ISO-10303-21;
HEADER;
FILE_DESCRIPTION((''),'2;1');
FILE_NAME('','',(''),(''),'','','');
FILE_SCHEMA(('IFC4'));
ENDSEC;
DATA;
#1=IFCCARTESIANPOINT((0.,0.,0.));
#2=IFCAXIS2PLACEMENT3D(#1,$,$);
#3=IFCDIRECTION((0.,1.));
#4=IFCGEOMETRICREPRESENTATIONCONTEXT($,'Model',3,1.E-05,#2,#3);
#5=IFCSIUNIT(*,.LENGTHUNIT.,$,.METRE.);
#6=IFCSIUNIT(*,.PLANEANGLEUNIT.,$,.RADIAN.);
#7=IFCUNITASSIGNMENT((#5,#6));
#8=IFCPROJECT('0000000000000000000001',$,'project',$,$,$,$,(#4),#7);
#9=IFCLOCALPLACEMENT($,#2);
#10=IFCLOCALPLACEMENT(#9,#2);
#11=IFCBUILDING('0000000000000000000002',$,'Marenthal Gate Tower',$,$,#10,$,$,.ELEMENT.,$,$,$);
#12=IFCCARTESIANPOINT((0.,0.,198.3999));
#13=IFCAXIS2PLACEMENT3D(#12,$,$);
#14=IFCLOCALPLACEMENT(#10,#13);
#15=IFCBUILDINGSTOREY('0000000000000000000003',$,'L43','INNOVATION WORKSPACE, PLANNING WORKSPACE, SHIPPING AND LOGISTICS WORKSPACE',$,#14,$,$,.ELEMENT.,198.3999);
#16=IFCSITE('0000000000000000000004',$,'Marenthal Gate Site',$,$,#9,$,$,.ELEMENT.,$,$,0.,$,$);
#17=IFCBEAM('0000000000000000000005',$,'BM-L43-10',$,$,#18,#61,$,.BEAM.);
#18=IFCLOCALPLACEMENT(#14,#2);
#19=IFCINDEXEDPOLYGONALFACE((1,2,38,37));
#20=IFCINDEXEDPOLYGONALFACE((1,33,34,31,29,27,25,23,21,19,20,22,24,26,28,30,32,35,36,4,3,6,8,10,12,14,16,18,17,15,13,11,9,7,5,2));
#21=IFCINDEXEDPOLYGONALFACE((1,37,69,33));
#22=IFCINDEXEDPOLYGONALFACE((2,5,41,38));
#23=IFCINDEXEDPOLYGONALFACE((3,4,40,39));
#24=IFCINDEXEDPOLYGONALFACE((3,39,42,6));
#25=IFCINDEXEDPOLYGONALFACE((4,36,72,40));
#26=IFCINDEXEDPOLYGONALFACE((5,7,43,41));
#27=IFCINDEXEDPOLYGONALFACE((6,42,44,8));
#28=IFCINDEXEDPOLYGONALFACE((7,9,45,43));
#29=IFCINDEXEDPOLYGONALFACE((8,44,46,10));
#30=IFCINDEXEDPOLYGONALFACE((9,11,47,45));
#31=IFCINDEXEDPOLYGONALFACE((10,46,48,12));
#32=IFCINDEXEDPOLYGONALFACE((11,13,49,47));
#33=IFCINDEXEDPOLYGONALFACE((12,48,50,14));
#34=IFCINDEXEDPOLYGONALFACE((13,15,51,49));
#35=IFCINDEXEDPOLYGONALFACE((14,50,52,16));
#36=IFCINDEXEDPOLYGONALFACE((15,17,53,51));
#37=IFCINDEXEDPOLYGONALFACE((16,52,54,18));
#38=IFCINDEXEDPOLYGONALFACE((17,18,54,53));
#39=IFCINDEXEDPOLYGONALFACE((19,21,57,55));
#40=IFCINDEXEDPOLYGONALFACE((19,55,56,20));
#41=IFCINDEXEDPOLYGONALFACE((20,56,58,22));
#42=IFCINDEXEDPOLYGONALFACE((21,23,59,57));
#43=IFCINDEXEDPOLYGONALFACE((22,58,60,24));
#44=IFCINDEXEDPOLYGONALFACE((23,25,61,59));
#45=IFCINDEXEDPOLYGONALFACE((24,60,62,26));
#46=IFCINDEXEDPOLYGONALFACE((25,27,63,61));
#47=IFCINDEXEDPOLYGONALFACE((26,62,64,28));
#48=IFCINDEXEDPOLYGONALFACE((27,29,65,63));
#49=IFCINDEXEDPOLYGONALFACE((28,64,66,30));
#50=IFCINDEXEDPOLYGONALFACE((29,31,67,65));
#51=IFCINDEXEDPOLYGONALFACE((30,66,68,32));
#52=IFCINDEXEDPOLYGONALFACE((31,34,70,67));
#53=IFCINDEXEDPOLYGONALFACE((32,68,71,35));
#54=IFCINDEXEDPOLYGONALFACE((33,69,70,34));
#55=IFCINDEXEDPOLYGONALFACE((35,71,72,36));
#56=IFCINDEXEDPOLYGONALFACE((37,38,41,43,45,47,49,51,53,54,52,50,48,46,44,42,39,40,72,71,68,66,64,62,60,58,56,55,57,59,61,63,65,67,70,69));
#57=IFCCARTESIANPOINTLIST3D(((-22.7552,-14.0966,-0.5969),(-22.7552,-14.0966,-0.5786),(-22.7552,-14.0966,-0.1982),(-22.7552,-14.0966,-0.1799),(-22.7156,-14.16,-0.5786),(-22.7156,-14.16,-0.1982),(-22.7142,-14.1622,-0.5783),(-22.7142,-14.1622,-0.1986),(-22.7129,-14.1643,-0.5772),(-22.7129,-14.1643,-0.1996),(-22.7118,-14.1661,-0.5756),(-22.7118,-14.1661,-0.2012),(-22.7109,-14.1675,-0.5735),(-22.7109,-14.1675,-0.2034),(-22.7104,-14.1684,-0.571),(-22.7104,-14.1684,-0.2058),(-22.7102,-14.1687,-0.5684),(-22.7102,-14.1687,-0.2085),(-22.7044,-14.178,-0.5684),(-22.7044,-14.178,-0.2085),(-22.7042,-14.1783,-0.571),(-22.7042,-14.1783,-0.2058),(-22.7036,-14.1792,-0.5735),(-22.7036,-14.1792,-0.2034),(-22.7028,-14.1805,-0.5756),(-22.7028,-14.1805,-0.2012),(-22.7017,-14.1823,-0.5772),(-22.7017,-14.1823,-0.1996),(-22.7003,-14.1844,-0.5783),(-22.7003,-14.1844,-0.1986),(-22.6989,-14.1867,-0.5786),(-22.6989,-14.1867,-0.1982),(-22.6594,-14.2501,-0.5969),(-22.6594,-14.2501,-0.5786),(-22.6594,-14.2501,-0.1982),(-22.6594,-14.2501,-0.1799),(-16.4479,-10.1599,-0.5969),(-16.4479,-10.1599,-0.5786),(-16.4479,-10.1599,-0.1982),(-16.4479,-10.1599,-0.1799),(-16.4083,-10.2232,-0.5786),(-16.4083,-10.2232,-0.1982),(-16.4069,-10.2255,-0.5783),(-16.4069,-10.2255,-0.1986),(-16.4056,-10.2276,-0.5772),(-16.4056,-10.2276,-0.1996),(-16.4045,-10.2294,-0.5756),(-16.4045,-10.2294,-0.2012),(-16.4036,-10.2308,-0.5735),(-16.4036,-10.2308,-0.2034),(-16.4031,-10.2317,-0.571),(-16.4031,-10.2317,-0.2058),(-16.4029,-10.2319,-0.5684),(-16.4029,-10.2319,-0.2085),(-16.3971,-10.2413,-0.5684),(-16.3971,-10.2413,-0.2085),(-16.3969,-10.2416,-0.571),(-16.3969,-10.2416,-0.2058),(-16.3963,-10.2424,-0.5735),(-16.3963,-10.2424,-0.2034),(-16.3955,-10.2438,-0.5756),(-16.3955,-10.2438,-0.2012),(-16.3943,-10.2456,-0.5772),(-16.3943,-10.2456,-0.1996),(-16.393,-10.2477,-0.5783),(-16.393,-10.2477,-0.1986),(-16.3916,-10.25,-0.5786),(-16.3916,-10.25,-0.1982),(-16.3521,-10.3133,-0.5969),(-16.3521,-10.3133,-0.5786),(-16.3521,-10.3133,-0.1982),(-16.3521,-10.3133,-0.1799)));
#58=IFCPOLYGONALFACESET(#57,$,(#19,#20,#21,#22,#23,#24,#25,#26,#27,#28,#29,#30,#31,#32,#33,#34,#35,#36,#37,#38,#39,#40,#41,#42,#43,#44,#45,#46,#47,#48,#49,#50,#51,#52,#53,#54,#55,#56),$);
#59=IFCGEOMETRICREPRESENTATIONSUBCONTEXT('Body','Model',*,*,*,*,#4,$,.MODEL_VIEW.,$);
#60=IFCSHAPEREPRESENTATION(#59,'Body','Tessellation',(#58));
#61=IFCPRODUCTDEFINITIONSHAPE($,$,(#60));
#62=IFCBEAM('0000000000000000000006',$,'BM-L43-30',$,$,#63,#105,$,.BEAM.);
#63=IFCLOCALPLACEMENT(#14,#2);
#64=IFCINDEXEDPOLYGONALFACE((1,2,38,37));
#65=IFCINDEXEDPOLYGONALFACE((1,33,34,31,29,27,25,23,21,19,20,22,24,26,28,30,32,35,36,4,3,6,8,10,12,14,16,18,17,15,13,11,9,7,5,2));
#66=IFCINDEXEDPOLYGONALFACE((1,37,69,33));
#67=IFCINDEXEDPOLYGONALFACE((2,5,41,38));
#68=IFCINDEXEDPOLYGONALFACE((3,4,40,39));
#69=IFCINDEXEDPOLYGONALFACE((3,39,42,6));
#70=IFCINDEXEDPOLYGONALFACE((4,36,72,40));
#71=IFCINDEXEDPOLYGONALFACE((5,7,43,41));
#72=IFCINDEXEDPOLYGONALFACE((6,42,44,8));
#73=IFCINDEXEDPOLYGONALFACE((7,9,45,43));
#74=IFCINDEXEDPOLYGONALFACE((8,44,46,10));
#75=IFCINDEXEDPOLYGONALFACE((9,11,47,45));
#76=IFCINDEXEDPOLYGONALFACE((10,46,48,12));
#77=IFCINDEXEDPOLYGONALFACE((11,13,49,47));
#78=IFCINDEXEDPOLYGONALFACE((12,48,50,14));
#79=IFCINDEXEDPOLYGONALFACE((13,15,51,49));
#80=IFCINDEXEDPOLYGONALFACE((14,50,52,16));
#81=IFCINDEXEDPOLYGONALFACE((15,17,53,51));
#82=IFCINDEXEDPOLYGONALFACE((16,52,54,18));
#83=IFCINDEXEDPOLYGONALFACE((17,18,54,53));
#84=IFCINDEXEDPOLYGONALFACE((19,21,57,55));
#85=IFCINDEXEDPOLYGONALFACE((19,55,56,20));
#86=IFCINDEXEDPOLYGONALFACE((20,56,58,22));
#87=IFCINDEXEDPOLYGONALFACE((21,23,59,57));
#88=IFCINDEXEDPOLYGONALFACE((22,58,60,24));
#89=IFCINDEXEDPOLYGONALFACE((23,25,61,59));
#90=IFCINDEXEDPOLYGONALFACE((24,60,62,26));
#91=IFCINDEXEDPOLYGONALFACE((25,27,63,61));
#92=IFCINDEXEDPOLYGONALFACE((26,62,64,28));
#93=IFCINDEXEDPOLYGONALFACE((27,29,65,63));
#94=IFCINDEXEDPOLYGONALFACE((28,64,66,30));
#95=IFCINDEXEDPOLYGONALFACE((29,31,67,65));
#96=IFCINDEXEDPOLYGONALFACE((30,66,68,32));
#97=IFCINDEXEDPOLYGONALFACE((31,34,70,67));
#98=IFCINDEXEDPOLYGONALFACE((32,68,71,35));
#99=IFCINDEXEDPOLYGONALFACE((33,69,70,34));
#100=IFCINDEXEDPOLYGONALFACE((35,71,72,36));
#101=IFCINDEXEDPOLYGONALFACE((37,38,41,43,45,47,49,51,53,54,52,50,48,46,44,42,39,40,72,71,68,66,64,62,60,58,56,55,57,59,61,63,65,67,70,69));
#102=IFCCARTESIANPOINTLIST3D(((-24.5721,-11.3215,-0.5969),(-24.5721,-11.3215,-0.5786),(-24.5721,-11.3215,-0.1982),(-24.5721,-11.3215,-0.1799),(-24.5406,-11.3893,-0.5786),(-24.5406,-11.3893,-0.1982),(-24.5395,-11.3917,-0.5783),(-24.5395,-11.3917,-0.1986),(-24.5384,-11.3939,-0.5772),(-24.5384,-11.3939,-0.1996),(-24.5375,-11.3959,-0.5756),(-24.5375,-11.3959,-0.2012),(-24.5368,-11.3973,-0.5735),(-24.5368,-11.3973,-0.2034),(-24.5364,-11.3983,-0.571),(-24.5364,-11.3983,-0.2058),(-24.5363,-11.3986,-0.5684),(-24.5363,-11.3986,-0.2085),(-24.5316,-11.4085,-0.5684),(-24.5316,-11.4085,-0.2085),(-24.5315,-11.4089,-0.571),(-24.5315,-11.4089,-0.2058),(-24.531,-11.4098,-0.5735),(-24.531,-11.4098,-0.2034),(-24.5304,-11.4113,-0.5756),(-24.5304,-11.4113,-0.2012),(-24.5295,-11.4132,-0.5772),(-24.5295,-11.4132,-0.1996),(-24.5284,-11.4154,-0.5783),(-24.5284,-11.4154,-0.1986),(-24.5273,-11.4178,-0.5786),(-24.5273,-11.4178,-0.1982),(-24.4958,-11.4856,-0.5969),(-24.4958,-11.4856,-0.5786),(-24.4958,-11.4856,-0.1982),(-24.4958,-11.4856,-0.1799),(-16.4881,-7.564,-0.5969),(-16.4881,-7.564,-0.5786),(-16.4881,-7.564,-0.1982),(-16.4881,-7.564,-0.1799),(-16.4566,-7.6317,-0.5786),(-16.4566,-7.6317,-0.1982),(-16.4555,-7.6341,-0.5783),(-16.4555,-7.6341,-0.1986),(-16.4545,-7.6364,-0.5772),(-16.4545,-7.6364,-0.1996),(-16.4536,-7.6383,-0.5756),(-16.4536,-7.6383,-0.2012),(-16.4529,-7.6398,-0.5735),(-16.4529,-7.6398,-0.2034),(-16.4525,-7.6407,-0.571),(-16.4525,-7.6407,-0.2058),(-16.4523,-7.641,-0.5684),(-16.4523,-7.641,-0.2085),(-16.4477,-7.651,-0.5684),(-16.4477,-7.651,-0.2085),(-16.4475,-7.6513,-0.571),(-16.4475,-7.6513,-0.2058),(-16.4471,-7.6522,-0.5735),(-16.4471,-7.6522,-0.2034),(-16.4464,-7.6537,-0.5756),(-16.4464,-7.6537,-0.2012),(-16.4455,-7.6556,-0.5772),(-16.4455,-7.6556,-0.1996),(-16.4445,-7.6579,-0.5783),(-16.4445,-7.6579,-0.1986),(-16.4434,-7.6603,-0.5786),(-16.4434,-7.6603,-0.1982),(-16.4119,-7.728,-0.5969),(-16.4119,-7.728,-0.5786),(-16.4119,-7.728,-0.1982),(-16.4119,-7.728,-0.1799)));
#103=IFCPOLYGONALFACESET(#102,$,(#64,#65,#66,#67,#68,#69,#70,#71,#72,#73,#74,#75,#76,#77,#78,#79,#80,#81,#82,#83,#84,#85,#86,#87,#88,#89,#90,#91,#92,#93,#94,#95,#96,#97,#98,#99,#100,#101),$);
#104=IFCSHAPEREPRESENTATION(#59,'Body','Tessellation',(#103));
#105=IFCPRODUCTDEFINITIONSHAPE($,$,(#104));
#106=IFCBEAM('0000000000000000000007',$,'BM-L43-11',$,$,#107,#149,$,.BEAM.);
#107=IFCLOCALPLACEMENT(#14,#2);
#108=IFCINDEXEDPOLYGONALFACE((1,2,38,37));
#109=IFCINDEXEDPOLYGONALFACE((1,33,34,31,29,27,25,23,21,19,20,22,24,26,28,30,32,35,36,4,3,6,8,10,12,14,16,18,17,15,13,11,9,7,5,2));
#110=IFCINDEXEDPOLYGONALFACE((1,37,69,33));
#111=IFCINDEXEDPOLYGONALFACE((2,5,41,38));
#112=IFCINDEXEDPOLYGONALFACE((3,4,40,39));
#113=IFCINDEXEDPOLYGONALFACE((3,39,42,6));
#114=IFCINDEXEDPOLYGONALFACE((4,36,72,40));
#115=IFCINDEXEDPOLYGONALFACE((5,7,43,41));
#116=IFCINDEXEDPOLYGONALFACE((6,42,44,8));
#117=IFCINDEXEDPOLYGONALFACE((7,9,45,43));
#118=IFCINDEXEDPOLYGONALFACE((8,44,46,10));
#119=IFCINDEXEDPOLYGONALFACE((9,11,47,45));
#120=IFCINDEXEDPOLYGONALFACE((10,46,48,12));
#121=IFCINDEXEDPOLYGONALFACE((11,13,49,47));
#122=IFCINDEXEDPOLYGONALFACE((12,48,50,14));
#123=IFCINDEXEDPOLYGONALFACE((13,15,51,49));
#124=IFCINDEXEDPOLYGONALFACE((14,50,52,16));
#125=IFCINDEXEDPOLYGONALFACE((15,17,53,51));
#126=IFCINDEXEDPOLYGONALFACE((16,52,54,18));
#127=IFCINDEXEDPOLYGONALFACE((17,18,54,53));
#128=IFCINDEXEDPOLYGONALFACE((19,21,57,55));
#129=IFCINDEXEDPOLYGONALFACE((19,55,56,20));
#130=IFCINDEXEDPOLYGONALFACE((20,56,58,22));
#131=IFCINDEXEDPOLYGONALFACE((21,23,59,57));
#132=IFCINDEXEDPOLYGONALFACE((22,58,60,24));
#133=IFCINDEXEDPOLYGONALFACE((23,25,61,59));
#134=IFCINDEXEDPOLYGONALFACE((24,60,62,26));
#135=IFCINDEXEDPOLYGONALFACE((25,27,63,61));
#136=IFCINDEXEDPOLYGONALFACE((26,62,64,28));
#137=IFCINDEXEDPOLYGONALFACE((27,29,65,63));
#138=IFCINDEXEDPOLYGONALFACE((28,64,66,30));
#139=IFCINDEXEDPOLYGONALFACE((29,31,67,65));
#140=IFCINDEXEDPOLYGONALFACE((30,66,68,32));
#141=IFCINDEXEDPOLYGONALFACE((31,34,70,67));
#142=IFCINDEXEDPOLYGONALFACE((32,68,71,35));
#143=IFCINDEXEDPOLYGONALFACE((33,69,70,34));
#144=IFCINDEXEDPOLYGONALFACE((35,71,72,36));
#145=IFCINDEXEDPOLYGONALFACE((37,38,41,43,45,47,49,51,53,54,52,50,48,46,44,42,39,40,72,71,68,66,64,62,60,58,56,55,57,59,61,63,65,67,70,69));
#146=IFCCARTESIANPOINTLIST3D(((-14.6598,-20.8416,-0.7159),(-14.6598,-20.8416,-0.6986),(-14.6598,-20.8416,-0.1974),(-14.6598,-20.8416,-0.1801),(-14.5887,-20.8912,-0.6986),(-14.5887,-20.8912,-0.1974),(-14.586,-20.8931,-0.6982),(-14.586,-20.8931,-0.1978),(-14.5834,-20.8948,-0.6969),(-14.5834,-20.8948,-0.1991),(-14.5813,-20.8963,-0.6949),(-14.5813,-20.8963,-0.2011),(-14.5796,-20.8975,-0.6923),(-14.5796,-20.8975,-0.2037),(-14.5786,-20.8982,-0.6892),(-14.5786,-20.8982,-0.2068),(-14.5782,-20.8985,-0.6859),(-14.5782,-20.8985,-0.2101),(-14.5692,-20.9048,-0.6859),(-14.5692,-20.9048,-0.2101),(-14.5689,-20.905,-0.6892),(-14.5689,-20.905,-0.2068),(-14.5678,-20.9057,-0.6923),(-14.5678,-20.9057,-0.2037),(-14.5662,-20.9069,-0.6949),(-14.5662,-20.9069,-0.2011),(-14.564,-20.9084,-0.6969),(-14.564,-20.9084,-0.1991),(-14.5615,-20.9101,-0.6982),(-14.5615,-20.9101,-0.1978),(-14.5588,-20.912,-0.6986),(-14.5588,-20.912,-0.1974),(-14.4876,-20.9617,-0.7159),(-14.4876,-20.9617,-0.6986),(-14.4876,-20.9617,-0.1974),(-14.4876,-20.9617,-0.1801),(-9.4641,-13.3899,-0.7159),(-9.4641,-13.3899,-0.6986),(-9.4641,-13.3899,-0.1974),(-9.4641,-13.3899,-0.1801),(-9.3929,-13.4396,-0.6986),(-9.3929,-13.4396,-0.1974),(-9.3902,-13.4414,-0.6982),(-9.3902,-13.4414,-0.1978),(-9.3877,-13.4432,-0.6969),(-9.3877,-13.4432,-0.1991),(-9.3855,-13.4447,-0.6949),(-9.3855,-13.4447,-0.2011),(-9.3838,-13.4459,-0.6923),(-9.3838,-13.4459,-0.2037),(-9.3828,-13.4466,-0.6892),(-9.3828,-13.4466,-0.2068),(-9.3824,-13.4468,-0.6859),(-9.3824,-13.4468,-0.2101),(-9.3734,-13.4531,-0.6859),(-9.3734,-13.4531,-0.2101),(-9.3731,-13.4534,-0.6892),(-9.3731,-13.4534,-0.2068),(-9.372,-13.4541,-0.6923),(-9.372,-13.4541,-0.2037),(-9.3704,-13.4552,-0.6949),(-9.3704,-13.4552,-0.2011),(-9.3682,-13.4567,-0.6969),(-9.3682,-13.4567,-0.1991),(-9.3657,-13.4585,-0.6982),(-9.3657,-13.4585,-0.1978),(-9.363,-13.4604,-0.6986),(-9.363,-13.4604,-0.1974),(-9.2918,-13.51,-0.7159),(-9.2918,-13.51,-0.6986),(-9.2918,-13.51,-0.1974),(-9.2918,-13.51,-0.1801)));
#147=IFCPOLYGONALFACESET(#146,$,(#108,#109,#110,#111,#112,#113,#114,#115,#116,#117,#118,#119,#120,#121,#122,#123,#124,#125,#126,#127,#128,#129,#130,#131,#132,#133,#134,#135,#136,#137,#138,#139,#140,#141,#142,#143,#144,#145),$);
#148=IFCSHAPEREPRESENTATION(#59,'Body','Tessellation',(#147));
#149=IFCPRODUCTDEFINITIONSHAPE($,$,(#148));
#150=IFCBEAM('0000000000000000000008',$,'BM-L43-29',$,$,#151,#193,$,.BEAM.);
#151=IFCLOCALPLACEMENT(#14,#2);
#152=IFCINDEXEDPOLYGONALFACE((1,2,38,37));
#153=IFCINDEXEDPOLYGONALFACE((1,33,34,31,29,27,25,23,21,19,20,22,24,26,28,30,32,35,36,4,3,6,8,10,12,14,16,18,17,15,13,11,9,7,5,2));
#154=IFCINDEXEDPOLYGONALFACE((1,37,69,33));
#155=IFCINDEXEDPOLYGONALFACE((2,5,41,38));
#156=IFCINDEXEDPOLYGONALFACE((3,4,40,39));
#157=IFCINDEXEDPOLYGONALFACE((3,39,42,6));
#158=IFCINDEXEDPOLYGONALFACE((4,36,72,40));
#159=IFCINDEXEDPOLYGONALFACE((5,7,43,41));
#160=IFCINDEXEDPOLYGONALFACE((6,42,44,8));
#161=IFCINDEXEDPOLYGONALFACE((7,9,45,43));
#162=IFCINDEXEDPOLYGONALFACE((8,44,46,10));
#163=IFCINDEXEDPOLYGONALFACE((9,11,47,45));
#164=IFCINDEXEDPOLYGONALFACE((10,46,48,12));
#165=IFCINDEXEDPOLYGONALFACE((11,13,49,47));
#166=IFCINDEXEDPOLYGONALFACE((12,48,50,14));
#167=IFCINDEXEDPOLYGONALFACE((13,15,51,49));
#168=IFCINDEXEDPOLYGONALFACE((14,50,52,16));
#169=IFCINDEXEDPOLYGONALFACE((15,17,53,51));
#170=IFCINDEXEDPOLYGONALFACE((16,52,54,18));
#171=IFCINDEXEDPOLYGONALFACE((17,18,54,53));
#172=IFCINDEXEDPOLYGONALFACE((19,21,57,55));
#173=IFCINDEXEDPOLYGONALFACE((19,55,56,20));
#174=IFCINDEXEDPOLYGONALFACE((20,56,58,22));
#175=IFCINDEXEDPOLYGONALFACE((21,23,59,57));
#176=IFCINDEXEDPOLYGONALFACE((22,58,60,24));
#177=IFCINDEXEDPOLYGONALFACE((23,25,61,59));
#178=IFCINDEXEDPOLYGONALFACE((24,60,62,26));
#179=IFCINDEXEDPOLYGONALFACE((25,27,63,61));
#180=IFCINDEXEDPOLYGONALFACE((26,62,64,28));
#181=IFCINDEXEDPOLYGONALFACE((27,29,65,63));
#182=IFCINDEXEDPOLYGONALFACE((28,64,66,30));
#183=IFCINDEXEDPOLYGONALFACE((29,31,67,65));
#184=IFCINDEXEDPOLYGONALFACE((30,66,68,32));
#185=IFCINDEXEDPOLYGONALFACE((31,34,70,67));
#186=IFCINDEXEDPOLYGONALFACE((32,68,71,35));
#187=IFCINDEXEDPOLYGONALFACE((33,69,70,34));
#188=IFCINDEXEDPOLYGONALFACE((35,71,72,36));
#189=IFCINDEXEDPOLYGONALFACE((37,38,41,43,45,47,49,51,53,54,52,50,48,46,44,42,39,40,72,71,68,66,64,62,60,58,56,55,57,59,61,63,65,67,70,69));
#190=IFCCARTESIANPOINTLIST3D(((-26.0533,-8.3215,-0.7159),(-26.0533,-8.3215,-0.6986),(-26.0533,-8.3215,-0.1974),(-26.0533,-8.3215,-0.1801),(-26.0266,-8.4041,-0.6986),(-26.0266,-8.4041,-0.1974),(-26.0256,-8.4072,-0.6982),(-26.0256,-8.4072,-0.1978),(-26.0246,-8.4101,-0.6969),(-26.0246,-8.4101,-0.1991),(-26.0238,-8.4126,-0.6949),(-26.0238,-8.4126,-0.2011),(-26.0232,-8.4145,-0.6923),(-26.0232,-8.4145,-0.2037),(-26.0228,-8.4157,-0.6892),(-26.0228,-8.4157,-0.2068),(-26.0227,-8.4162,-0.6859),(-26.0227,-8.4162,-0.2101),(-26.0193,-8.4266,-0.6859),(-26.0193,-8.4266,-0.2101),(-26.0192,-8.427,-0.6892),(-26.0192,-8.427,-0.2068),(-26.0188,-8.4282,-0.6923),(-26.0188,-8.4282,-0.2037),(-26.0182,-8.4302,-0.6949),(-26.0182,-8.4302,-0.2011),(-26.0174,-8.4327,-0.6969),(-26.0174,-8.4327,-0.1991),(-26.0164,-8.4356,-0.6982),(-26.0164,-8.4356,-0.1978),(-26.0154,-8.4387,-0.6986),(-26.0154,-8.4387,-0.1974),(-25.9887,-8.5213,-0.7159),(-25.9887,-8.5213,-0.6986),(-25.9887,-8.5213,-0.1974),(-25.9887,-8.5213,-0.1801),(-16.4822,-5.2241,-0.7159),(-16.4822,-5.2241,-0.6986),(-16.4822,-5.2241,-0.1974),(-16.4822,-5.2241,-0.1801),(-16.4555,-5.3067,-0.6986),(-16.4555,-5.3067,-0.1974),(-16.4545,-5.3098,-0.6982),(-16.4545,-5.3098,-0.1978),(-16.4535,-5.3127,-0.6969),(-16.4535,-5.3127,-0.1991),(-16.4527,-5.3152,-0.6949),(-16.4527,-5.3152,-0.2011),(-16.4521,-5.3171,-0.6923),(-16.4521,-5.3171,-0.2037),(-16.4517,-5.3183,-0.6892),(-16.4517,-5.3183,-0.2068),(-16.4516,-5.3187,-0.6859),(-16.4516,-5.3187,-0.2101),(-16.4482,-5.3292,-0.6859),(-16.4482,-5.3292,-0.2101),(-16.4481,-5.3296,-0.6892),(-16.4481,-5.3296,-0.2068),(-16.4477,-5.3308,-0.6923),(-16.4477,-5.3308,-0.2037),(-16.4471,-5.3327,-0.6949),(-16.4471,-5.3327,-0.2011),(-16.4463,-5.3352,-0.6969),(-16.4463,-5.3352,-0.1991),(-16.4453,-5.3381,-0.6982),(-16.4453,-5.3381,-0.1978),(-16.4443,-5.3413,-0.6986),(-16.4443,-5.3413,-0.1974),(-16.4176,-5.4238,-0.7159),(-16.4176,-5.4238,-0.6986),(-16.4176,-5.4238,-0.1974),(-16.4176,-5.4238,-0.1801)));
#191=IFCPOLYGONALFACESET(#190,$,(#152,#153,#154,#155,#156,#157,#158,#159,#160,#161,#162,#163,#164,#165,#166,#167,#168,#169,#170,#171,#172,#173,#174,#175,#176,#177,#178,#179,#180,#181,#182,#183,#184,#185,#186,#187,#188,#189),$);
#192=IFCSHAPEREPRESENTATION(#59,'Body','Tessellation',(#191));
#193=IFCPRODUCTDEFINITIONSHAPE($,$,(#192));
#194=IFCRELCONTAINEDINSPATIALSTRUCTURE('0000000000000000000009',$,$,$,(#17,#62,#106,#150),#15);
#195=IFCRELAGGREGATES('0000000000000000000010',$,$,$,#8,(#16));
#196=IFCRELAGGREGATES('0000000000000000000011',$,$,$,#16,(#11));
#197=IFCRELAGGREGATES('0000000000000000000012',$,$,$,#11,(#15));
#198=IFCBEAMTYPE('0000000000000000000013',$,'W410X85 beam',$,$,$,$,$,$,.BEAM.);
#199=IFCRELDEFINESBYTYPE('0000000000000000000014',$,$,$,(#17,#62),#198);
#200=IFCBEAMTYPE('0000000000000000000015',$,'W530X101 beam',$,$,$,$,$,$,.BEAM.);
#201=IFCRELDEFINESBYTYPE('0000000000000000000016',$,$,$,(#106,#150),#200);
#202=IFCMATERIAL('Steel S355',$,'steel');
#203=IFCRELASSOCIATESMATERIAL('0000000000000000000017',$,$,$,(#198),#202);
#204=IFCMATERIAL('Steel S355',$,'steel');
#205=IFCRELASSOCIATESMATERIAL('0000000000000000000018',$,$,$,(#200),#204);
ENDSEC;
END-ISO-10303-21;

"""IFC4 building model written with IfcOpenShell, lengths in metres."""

from ifc_helpers import new_model, si_unit, direction, frame, origin, origin_2d, place, context, subcontext, project, spatial, i_section, extrude, material, material_profile, profile_set, type_object, element, save


model = new_model("IFC4")

# Units and contexts
model_context = context("Model", 3, precision=1e-05, world=origin(), true_north=direction((0.0, 1.0)))
body_context = subcontext(model_context, "Body", "Model", "MODEL_VIEW")
ifc_project = project(units=[si_unit("LENGTHUNIT", "METRE"), si_unit("PLANEANGLEUNIT", "RADIAN")], contexts=[model_context])

# Site, building, storey
site_placement = place(None, origin())
site = spatial("IfcSite", under=ifc_project, at=site_placement, Name="Marenthal Gate Site", CompositionType="ELEMENT", RefElevation=0.0)
building_placement = place(site_placement, origin())
building = spatial("IfcBuilding", under=site, at=building_placement, Name="Marenthal Gate Tower", CompositionType="ELEMENT")
storey_placement = place(building_placement, frame((0.0, 0.0, 198.3999)))
storey = spatial("IfcBuildingStorey", under=building, at=storey_placement, Name="L43", Description="INNOVATION WORKSPACE, PLANNING WORKSPACE, SHIPPING AND LOGISTICS WORKSPACE", CompositionType="ELEMENT", Elevation=198.3999)

# Beams
ifc_material_1 = material(Name="Steel S355", Category="steel")
ifc_material_profile_1 = material_profile(ifc_material_1, i_section(OverallWidth=0.1809, OverallDepth=0.417, WebThickness=0.011, FlangeThickness=0.0183, FilletRadius=0.0103, at=origin_2d()), Name="W410X85")
ifc_profile_set_1 = profile_set([ifc_material_profile_1], Name="Steel S355")
beam_type_1 = type_object("IfcBeamType", Name="W410X85 beam", PredefinedType="BEAM", material=ifc_profile_set_1)
beam_1_placement = place(storey_placement, frame((-22.7073, -14.1733, -0.3884), z_axis=(0.848321, 0.529482, 0.0), x_axis=(-0.529482, 0.848321, 0.0)))
element("IfcBeam", 1, at=beam_1_placement, inside=storey, type_object=beam_type_1, Name="BM-L43-10", PredefinedType="BEAM", context=body_context, shape_type="SweptSolid", body=[
    extrude(i_section(OverallWidth=0.1809, OverallDepth=0.417, WebThickness=0.011, FlangeThickness=0.0183, FilletRadius=0.0103, at=origin_2d()), origin(), (0.0, 0.0, 1.0), 7.4351),
])
beam_2_placement = place(storey_placement, frame((-24.5339, -11.4036, -0.3884), z_axis=(0.906825, 0.421507, 0.0), x_axis=(-0.421507, 0.906825, 0.0)))
element("IfcBeam", 2, at=beam_2_placement, inside=storey, type_object=beam_type_1, Name="BM-L43-30", PredefinedType="BEAM", context=body_context, shape_type="SweptSolid", body=[
    extrude(i_section(OverallWidth=0.1809, OverallDepth=0.417, WebThickness=0.011, FlangeThickness=0.0183, FilletRadius=0.0103, at=origin_2d()), origin(), (0.0, 0.0, 1.0), 8.9146),
])
ifc_material_2 = material(Name="Steel S355", Category="steel")
ifc_material_profile_2 = material_profile(ifc_material_2, i_section(OverallWidth=0.21, OverallDepth=0.5359, WebThickness=0.011, FlangeThickness=0.0173, FilletRadius=0.0127, at=origin_2d()), Name="W530X101")
ifc_profile_set_2 = profile_set([ifc_material_profile_2], Name="Steel S355")
beam_type_2 = type_object("IfcBeamType", Name="W530X101 beam", PredefinedType="BEAM", material=ifc_profile_set_2)
beam_3_placement = place(storey_placement, frame((-14.5737, -20.9016, -0.448), z_axis=(0.571957, 0.820284, 0.0), x_axis=(-0.820284, 0.571957, 0.0)))
element("IfcBeam", 3, at=beam_3_placement, inside=storey, type_object=beam_type_2, Name="BM-L43-11", PredefinedType="BEAM", context=body_context, shape_type="SweptSolid", body=[
    extrude(i_section(OverallWidth=0.21, OverallDepth=0.5359, WebThickness=0.011, FlangeThickness=0.0173, FilletRadius=0.0127, at=origin_2d()), origin(), (0.0, 0.0, 1.0), 9.0842),
])
beam_4_placement = place(storey_placement, frame((-26.021, -8.4214, -0.448), z_axis=(0.951418, 0.307901, 0.0), x_axis=(-0.307901, 0.951418, 0.0)))
element("IfcBeam", 4, at=beam_4_placement, inside=storey, type_object=beam_type_2, Name="BM-L43-29", PredefinedType="BEAM", context=body_context, shape_type="SweptSolid", body=[
    extrude(i_section(OverallWidth=0.21, OverallDepth=0.5359, WebThickness=0.011, FlangeThickness=0.0173, FilletRadius=0.0127, at=origin_2d()), origin(), (0.0, 0.0, 1.0), 10.0598),
])

save(model, "model.ifc")
